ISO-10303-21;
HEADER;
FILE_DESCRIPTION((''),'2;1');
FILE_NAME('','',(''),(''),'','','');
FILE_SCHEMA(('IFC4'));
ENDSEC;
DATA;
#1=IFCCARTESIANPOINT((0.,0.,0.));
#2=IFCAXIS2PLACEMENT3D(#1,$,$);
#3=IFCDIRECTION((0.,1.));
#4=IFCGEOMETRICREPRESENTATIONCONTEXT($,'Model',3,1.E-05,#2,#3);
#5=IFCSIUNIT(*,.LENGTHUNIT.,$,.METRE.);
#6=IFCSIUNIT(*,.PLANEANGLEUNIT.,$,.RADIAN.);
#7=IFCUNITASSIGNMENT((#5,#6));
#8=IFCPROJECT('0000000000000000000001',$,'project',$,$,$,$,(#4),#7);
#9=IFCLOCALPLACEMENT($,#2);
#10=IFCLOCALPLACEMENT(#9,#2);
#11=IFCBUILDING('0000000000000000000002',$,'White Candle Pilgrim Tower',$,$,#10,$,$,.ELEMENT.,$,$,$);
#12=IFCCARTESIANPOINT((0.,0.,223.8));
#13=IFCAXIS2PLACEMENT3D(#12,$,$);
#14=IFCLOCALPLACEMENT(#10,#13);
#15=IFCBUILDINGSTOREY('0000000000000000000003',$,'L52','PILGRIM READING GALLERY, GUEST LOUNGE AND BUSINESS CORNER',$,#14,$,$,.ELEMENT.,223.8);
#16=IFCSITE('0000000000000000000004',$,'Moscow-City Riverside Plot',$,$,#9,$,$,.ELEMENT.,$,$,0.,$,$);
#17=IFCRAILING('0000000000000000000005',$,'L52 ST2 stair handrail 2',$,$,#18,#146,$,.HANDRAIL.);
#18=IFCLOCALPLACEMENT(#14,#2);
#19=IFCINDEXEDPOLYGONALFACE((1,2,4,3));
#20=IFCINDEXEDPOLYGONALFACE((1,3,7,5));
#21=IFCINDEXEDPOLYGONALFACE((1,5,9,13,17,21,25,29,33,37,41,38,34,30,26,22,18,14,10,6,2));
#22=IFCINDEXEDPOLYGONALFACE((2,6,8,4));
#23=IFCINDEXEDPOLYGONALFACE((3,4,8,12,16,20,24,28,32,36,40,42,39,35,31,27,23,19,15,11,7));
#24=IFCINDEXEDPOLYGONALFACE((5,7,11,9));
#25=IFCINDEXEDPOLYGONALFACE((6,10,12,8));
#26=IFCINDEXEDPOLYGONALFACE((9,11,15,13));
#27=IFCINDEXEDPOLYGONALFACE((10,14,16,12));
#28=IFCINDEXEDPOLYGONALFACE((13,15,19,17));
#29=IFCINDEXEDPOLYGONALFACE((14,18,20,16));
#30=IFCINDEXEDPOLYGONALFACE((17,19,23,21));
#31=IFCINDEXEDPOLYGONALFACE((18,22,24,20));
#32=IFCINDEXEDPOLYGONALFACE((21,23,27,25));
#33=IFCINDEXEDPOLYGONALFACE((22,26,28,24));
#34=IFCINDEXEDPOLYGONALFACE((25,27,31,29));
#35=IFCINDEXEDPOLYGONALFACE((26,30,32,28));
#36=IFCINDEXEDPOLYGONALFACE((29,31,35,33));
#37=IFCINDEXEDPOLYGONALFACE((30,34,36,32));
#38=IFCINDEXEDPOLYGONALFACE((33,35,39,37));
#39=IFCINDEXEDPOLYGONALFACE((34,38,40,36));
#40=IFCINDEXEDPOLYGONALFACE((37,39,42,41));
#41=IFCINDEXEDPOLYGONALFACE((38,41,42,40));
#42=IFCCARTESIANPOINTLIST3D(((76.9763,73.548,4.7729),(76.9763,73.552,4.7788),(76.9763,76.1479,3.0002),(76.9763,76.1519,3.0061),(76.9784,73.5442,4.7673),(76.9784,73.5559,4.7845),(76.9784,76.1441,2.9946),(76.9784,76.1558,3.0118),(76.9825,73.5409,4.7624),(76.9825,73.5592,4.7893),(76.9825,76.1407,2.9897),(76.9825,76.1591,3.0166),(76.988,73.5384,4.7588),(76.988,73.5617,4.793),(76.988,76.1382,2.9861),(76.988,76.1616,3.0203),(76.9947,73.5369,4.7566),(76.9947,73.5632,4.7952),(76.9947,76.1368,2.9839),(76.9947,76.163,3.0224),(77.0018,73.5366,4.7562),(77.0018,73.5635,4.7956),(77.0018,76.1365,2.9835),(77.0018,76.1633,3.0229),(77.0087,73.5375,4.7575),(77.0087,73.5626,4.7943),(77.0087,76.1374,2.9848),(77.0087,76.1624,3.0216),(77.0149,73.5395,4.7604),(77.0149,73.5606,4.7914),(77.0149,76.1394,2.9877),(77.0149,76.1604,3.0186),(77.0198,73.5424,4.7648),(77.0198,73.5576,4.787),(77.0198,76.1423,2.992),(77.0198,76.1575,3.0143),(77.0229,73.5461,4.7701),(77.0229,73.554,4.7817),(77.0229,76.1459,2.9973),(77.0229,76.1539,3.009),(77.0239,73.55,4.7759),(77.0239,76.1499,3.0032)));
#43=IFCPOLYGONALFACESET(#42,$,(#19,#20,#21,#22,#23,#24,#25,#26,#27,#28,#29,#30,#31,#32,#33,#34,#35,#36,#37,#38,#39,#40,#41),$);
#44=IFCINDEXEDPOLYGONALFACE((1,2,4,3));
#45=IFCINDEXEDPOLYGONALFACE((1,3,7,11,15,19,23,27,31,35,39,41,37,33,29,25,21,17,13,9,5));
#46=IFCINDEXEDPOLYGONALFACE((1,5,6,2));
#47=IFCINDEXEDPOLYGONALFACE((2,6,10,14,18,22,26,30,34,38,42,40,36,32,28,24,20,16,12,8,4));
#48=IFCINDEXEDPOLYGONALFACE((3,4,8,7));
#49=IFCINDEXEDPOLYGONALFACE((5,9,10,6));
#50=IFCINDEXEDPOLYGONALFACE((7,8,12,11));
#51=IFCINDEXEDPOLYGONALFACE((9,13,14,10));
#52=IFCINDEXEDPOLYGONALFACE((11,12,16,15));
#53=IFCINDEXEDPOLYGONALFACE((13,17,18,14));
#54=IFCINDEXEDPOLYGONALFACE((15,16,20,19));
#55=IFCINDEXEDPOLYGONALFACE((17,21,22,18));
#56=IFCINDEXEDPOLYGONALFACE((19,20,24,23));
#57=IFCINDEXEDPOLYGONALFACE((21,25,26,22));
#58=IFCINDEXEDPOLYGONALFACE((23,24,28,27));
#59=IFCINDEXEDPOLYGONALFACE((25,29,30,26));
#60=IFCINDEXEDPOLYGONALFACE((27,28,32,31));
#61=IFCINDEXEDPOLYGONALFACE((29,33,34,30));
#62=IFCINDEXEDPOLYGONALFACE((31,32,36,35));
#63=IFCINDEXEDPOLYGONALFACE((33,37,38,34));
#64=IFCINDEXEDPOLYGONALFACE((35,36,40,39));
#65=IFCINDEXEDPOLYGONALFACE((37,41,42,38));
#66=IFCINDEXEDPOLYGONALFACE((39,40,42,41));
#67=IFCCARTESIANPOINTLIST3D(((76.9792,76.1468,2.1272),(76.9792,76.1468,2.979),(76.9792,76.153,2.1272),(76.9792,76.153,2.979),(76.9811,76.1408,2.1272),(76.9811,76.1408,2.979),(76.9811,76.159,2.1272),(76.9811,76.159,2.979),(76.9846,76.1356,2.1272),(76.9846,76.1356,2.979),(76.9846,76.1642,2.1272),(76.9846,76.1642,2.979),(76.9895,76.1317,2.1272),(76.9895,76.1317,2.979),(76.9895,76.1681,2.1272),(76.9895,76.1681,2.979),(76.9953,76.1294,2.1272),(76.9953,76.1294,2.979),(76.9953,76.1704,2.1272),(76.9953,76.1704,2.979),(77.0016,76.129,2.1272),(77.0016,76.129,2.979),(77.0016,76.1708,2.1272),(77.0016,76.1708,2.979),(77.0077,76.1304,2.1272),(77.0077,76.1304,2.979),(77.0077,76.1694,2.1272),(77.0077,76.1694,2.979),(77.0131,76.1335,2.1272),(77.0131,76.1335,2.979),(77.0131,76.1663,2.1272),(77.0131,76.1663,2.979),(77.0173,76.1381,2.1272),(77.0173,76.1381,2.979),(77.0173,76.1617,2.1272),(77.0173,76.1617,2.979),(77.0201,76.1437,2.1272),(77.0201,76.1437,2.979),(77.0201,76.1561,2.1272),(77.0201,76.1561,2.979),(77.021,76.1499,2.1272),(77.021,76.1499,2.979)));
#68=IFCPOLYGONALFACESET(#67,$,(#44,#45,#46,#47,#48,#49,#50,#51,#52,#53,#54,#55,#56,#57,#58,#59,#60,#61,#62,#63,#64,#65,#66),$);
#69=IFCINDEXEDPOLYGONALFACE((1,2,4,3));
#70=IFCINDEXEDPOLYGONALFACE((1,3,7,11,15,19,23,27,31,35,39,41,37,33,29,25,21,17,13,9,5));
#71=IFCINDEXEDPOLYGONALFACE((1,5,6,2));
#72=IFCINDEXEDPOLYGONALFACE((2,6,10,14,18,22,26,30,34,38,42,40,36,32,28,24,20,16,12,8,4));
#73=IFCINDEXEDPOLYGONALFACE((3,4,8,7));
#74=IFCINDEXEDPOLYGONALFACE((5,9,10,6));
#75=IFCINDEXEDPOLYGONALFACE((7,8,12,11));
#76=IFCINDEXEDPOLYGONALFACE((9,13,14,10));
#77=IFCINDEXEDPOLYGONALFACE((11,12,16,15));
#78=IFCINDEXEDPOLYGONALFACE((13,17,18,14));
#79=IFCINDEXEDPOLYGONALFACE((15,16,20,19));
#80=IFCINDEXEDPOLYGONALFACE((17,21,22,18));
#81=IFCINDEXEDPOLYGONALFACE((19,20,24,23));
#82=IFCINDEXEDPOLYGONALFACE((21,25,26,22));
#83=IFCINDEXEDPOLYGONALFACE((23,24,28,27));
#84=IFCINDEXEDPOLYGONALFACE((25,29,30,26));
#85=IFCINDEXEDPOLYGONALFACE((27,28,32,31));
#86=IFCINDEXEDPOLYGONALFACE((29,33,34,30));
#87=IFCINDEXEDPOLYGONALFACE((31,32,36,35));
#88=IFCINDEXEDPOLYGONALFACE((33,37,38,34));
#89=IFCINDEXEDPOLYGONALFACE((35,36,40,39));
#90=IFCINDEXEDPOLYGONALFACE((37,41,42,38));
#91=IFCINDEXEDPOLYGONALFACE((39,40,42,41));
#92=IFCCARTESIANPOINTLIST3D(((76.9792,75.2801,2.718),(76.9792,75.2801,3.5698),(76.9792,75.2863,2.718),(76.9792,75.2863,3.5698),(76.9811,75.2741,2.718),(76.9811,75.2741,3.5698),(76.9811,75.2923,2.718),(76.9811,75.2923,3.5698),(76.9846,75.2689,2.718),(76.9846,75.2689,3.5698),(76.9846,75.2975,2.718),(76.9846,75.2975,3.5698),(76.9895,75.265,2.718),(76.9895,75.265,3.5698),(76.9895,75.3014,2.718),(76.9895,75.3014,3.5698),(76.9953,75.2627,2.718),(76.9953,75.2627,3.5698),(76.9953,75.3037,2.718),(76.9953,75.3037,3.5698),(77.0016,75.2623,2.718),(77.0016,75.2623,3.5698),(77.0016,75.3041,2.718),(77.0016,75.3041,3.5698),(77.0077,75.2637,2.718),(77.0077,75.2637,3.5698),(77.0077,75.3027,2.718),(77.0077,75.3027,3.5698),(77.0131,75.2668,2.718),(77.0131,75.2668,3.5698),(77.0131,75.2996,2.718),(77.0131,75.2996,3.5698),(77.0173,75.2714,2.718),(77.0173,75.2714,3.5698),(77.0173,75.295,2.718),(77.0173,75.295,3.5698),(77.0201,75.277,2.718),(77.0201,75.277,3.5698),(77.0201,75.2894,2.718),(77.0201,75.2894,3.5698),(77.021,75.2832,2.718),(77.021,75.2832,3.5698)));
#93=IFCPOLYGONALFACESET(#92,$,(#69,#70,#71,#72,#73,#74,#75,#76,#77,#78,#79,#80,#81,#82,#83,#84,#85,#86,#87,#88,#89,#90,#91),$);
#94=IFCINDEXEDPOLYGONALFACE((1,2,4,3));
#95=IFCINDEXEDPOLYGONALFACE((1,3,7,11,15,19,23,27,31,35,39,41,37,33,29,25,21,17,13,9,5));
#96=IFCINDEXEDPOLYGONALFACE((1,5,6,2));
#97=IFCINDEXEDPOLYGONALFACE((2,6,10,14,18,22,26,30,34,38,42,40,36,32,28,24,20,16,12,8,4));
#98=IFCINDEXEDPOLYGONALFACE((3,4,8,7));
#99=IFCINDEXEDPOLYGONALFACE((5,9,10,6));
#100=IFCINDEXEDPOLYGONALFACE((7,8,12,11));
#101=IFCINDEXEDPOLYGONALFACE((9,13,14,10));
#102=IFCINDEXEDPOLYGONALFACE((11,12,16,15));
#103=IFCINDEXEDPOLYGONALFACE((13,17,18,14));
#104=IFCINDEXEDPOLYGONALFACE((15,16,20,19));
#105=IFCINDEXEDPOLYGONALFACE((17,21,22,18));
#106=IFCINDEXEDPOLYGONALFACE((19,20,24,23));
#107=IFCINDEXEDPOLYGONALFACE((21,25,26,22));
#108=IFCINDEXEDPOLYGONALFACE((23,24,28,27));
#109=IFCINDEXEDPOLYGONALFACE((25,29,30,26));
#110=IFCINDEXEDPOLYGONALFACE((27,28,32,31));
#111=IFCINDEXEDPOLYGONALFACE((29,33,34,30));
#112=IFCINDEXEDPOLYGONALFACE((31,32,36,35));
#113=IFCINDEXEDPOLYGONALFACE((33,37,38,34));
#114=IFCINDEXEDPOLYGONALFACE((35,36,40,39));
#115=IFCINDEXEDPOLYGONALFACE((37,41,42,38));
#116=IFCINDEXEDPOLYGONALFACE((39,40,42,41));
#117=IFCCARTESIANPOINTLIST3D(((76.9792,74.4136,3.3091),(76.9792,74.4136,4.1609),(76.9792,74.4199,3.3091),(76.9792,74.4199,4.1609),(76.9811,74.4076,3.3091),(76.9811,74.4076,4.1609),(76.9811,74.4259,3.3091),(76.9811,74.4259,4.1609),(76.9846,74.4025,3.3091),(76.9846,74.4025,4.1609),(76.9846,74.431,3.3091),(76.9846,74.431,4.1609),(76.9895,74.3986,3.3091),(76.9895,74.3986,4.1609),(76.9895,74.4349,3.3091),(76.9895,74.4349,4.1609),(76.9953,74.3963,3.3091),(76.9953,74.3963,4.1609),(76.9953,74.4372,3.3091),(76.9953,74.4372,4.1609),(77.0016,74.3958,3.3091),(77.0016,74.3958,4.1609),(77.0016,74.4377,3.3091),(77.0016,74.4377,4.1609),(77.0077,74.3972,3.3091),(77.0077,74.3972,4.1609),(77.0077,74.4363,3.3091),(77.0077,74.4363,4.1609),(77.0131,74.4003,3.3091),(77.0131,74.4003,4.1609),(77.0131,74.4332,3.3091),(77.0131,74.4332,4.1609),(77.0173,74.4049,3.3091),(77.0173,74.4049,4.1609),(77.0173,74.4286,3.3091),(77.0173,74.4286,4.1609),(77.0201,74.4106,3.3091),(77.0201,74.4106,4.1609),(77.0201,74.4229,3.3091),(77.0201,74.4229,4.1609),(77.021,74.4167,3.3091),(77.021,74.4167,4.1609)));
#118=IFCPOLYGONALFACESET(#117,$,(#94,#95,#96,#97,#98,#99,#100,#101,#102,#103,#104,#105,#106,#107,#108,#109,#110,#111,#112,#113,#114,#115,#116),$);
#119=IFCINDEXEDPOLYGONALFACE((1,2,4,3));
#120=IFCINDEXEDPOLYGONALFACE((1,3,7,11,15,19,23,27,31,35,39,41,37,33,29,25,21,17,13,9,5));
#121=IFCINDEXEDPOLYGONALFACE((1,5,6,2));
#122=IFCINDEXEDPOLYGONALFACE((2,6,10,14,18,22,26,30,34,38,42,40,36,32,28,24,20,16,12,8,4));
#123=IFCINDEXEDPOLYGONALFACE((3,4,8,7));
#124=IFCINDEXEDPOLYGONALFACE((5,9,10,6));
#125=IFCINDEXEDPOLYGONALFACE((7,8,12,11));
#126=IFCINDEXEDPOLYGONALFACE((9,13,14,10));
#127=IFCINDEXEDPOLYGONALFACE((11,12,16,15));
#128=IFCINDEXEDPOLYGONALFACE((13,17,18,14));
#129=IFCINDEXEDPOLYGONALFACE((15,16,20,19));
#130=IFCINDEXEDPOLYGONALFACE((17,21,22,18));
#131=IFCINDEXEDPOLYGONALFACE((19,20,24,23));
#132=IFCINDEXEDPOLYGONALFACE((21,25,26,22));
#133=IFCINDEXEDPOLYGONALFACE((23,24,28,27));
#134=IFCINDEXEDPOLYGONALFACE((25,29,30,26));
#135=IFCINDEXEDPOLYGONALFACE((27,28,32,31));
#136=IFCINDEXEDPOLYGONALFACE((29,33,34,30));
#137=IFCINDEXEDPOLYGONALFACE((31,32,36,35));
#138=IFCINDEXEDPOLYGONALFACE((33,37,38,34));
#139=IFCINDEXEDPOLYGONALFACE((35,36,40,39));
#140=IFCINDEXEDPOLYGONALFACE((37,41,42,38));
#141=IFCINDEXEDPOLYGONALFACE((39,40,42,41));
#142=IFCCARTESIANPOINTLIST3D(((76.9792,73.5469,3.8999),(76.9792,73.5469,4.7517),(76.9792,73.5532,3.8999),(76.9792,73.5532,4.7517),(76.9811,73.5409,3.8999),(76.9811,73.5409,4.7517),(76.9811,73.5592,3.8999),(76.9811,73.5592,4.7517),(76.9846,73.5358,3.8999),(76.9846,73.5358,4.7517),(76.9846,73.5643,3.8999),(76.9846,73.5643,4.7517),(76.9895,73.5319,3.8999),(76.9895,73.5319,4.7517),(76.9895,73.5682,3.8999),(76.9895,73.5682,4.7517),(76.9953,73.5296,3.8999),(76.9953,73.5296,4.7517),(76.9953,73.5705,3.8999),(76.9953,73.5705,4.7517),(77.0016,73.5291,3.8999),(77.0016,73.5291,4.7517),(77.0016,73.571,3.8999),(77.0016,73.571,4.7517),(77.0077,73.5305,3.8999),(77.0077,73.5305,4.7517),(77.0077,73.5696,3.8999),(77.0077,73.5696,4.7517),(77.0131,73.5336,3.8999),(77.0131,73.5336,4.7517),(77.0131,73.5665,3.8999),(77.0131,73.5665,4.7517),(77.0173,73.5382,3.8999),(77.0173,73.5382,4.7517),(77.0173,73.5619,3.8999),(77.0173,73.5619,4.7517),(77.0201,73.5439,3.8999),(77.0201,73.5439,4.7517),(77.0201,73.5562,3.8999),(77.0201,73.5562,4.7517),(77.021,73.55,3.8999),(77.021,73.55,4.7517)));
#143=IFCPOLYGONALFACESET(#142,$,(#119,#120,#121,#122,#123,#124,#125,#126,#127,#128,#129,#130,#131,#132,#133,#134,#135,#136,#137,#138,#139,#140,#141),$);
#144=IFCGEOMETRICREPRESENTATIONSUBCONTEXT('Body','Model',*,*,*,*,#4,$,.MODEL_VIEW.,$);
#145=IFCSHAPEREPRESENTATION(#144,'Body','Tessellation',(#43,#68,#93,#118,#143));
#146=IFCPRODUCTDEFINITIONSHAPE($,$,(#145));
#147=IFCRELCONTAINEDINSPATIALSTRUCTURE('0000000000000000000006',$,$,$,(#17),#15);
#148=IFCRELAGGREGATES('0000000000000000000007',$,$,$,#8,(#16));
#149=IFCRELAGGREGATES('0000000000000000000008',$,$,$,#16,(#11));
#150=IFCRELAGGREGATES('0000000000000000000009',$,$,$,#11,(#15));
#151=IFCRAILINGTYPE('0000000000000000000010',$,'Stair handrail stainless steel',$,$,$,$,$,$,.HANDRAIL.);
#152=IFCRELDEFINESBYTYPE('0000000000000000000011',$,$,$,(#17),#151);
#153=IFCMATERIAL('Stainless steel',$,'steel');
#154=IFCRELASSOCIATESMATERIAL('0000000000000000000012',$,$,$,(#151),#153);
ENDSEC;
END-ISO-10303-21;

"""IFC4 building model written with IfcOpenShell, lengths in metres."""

from ifc_helpers import new_model, si_unit, direction, frame, origin, origin_2d, place, context, subcontext, project, spatial, circle, extrude, material, type_object, element, save


model = new_model("IFC4")

# Units and contexts
model_context = context("Model", 3, precision=1e-05, world=origin(), true_north=direction((0.0, 1.0)))
body_context = subcontext(model_context, "Body", "Model", "MODEL_VIEW")
ifc_project = project(units=[si_unit("LENGTHUNIT", "METRE"), si_unit("PLANEANGLEUNIT", "RADIAN")], contexts=[model_context])

# Site, building, storey
site_placement = place(None, origin())
site = spatial("IfcSite", under=ifc_project, at=site_placement, Name="Moscow-City Riverside Plot", CompositionType="ELEMENT", RefElevation=0.0)
building_placement = place(site_placement, origin())
building = spatial("IfcBuilding", under=site, at=building_placement, Name="White Candle Pilgrim Tower", CompositionType="ELEMENT")
storey_placement = place(building_placement, frame((0.0, 0.0, 223.8)))
storey = spatial("IfcBuildingStorey", under=building, at=storey_placement, Name="L52", Description="PILGRIM READING GALLERY, GUEST LOUNGE AND BUSINESS CORNER", CompositionType="ELEMENT", Elevation=223.8)

# Railing
ifc_material_1 = material(Name="Stainless steel", Category="steel")
railing_type_1 = type_object("IfcRailingType", Name="Stair handrail stainless steel", PredefinedType="HANDRAIL", material=ifc_material_1)
railing_1_placement = place(storey_placement, frame((77.0, 76.1499, 2.1272)))
element("IfcRailing", 1, at=railing_1_placement, inside=storey, type_object=railing_type_1, Name="L52 ST2 stair handrail 2", PredefinedType="HANDRAIL", context=body_context, shape_type="SweptSolid", body=[
    extrude(circle(Radius=0.0239, at=origin_2d()), frame((0.0, 0.0, 0.876), z_axis=(0.0, -0.826216, 0.563354), x_axis=(1.0, 0.0, 0.0)), (0.0, 0.0, 1.0), 3.1467),
    extrude(circle(Radius=0.021, at=origin_2d()), origin(), (0.0, 0.0, 1.0), 0.8518),
    extrude(circle(Radius=0.021, at=origin_2d()), frame((0.0, -0.8667, 0.5908)), (0.0, 0.0, 1.0), 0.8518),
    extrude(circle(Radius=0.021, at=origin_2d()), frame((0.0, -1.7332, 1.1819)), (0.0, 0.0, 1.0), 0.8518),
    extrude(circle(Radius=0.021, at=origin_2d()), frame((0.0, -2.5999, 1.7727)), (0.0, 0.0, 1.0), 0.8518),
])

save(model, "model.ifc")
